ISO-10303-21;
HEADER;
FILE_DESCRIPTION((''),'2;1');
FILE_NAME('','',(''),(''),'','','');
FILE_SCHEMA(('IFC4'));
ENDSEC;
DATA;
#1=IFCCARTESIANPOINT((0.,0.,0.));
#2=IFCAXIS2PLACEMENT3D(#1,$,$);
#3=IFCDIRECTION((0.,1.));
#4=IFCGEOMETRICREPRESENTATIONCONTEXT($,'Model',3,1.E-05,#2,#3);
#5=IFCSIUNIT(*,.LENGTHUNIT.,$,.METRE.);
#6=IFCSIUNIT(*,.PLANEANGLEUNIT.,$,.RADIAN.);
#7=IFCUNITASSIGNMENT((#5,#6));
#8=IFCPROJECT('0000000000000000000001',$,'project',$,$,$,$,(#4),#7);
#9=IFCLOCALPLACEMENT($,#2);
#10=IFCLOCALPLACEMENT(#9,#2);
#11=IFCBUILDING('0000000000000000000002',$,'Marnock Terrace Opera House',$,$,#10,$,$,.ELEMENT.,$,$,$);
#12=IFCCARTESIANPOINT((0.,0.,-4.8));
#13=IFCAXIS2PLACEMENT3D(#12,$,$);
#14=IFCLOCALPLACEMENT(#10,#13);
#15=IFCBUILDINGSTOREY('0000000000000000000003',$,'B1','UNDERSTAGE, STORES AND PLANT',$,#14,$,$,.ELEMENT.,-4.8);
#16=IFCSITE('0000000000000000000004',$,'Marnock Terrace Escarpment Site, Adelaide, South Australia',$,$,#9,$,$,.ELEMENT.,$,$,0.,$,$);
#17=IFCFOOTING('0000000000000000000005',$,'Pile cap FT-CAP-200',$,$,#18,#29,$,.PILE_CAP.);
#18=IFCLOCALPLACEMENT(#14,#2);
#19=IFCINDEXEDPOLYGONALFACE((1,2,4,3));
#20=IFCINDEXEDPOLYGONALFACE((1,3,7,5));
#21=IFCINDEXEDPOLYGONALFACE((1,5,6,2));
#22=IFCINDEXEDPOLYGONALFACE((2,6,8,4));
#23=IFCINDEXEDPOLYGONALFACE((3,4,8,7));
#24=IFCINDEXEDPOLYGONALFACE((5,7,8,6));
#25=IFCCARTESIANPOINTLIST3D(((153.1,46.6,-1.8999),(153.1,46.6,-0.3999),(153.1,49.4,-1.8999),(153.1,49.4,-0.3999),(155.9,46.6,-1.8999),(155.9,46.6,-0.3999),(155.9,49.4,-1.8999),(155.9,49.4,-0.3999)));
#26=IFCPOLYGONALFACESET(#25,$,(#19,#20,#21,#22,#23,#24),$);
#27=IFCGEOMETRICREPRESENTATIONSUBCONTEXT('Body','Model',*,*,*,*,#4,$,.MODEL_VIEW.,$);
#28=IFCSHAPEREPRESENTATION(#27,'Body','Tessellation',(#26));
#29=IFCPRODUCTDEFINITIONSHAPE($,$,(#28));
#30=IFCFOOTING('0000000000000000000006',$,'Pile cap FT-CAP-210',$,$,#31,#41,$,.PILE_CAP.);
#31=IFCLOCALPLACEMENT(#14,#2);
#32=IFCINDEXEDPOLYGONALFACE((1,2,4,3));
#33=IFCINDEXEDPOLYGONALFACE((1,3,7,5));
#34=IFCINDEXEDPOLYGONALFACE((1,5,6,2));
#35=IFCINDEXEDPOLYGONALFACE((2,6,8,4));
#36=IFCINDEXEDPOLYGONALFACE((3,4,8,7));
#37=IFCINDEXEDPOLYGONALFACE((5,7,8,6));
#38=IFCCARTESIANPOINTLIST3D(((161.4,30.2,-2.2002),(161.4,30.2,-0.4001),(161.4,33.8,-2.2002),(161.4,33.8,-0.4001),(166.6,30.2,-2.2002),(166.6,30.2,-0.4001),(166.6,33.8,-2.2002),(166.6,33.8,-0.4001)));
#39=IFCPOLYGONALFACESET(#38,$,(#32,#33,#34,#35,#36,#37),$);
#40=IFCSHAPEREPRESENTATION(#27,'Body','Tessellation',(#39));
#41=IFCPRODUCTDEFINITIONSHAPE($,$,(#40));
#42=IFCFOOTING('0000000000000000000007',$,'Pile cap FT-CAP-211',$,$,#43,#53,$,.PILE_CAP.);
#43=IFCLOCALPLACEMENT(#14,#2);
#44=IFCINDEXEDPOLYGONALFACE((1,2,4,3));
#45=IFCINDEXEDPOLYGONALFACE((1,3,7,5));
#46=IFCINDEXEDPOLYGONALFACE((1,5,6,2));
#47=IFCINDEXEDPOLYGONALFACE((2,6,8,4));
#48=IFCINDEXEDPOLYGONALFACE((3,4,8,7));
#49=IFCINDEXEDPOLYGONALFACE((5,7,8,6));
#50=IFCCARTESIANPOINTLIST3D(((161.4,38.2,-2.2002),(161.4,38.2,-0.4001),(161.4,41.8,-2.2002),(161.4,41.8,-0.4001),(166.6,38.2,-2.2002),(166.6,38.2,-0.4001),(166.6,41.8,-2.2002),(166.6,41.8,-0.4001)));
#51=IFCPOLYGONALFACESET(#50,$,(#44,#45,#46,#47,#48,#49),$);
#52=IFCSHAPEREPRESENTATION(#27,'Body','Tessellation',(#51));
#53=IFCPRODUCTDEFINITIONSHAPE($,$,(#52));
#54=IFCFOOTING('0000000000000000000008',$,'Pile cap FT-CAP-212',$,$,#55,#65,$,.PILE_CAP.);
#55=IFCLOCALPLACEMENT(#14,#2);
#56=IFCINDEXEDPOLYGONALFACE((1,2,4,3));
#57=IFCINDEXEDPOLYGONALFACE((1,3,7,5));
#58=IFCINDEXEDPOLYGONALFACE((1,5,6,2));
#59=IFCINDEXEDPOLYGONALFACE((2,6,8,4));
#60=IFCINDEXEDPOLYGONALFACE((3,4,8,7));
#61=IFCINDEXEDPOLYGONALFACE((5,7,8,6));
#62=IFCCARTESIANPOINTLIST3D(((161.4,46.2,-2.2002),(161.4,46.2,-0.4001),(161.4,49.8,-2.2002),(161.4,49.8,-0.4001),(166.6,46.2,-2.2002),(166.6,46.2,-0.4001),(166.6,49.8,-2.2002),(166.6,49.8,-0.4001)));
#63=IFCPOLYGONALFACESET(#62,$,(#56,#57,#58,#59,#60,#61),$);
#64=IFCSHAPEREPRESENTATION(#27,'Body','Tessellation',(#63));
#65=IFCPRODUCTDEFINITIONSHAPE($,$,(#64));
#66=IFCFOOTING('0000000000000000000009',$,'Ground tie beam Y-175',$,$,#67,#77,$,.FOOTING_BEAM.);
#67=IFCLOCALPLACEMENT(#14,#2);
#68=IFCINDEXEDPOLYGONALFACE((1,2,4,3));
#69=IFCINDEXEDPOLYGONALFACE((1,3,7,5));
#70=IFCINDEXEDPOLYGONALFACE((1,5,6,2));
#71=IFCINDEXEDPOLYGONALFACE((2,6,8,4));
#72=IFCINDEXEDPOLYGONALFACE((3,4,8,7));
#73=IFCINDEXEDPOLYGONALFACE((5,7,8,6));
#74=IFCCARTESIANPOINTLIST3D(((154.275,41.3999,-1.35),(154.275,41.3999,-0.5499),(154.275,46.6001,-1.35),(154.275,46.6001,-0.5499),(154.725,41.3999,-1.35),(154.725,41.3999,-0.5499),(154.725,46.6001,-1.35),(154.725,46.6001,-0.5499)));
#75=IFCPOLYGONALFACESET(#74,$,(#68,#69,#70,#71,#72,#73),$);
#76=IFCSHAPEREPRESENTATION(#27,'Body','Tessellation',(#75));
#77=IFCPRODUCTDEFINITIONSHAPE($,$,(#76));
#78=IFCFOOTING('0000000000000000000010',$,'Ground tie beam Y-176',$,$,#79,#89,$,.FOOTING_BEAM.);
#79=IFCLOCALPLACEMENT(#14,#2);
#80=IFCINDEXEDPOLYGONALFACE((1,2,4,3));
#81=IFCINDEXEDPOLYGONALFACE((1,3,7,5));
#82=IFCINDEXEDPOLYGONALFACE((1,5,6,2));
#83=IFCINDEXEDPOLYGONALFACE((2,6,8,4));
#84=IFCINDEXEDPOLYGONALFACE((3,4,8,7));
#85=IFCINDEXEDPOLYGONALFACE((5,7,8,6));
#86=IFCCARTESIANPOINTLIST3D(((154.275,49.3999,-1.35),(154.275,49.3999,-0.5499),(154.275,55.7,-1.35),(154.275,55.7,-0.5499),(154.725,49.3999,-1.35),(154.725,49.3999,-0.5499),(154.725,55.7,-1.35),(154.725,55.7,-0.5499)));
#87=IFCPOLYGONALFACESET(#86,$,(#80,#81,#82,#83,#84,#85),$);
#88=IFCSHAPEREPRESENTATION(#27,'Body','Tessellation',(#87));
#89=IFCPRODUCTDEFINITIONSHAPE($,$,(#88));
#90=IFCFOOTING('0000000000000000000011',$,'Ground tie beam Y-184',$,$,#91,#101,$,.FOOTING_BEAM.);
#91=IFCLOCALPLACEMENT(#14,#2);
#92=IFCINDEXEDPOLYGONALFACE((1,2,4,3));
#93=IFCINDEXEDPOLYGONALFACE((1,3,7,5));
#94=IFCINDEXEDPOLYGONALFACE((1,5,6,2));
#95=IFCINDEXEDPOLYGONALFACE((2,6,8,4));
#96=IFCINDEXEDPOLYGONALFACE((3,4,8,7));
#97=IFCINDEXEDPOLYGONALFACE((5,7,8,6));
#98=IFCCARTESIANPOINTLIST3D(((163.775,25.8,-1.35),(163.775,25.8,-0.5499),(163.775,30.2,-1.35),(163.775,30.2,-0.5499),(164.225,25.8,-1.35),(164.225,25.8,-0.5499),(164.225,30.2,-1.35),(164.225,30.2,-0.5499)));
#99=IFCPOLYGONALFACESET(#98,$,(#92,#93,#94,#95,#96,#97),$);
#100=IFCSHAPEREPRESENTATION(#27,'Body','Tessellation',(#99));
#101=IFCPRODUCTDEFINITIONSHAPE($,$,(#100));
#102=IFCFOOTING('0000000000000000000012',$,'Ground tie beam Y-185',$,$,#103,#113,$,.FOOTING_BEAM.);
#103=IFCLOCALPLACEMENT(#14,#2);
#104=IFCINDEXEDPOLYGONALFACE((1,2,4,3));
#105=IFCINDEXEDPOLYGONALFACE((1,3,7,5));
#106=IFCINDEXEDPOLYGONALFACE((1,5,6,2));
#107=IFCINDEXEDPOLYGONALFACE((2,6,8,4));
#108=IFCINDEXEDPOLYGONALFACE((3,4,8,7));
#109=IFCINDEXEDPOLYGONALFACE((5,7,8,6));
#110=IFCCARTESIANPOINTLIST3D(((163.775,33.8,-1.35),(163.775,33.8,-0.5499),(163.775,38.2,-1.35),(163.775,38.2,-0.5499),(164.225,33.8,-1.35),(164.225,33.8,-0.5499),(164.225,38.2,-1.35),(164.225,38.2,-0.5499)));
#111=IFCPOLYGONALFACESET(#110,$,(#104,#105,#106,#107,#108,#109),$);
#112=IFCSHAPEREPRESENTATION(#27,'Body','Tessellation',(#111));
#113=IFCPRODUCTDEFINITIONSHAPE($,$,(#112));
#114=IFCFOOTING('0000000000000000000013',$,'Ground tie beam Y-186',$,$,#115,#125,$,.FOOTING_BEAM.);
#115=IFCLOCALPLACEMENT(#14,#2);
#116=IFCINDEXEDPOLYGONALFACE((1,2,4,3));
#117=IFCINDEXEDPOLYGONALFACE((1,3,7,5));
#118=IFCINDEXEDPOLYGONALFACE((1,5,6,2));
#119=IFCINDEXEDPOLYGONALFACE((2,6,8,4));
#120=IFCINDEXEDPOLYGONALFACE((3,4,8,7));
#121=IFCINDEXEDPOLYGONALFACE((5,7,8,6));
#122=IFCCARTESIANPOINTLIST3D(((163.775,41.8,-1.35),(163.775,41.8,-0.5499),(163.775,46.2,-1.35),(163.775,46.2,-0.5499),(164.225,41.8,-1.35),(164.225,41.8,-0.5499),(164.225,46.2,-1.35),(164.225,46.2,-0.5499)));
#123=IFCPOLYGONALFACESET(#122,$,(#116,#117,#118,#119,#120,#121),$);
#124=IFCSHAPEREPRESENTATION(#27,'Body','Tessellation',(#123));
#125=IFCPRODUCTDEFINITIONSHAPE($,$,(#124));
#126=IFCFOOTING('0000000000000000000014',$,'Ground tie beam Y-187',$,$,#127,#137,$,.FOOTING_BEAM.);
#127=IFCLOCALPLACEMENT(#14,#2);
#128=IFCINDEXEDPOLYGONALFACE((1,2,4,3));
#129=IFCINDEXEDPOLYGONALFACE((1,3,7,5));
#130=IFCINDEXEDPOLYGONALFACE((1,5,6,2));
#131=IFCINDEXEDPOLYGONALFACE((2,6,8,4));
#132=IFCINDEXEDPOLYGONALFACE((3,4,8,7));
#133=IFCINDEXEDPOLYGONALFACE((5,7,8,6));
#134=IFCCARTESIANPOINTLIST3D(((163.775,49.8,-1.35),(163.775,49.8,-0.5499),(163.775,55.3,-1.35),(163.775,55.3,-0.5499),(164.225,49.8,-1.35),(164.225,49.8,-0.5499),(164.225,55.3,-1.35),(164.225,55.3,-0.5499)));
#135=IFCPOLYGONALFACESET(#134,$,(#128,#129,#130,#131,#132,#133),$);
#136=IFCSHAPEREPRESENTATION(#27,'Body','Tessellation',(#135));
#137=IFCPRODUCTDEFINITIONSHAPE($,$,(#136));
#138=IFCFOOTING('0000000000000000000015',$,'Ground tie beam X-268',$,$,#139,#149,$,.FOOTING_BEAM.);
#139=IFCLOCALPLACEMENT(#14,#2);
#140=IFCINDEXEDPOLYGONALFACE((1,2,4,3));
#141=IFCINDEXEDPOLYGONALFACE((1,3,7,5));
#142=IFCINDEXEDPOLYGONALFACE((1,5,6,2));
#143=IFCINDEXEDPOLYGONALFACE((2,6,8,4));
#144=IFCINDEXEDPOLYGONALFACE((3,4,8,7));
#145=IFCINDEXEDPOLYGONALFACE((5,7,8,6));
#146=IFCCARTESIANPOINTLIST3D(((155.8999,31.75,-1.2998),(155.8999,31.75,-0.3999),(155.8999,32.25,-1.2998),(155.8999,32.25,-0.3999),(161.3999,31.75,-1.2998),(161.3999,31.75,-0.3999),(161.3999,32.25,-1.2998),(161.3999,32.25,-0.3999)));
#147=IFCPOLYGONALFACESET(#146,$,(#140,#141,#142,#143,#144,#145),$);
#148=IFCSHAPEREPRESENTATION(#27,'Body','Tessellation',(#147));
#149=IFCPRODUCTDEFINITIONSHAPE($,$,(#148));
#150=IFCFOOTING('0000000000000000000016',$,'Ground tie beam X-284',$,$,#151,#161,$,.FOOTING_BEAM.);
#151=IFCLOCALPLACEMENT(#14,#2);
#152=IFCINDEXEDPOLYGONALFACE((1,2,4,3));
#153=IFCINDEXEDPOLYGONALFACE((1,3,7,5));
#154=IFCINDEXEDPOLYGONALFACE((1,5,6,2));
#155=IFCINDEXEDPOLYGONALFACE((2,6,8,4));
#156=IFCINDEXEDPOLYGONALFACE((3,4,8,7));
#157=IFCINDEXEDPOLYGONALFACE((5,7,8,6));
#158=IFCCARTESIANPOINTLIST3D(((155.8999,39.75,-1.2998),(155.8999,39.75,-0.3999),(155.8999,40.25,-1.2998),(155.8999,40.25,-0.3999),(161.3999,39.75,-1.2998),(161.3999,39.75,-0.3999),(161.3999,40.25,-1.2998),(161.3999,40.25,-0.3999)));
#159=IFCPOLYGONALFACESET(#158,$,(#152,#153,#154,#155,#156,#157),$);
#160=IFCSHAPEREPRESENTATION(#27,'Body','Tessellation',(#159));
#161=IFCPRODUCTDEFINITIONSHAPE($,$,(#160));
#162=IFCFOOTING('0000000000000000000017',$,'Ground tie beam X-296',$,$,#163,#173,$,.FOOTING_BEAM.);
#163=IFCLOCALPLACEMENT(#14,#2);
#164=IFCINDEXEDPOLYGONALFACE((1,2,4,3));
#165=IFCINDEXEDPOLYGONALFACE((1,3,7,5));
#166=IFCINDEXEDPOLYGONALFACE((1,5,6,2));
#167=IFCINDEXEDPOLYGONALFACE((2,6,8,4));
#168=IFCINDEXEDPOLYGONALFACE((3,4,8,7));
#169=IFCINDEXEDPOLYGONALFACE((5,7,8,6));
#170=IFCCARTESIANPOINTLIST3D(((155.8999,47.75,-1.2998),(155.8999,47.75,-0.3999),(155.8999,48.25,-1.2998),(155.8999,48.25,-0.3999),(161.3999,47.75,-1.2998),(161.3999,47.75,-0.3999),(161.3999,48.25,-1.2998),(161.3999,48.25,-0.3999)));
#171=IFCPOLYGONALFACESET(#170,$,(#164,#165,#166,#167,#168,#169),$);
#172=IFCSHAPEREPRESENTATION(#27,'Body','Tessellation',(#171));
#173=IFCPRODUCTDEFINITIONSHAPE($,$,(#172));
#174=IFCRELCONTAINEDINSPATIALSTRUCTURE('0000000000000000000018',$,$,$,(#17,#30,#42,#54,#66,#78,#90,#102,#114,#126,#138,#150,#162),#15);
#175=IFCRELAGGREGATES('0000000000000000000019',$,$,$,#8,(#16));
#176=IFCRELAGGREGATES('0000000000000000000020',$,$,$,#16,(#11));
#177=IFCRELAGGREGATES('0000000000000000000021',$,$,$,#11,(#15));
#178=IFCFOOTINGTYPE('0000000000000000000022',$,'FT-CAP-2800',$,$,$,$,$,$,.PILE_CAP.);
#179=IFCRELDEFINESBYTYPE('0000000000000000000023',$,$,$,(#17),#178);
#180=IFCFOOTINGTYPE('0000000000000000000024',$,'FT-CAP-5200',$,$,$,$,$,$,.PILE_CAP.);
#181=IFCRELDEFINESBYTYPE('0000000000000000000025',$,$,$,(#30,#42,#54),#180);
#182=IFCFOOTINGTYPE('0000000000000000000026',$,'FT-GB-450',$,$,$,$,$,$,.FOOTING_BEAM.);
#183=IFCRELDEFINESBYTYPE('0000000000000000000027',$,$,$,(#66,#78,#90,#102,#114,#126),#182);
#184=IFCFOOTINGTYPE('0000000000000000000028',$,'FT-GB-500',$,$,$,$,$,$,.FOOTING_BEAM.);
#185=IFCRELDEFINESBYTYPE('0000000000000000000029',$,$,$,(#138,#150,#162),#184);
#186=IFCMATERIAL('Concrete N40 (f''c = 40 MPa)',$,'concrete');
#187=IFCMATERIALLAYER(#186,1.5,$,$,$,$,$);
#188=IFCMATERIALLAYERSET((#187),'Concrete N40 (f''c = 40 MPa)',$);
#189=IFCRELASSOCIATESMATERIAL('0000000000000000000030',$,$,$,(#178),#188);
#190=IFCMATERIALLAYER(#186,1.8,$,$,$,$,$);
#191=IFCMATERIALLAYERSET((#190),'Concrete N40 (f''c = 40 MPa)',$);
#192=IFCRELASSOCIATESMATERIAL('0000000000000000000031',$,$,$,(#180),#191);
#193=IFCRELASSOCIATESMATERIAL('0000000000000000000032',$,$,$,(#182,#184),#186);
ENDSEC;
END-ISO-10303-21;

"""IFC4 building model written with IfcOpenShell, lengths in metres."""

from ifc_helpers import new_model, si_unit, direction, frame, origin, origin_2d, place, context, subcontext, project, spatial, rectangle, extrude, material, layer, layer_set, material_profile, profile_set, type_object, element, save


model = new_model("IFC4")

# Units and contexts
model_context = context("Model", 3, precision=1e-05, world=origin(), true_north=direction((0.0, 1.0)))
body_context = subcontext(model_context, "Body", "Model", "MODEL_VIEW")
ifc_project = project(units=[si_unit("LENGTHUNIT", "METRE"), si_unit("PLANEANGLEUNIT", "RADIAN")], contexts=[model_context])

# Site, building, storey
site_placement = place(None, origin())
site = spatial("IfcSite", under=ifc_project, at=site_placement, Name="Marnock Terrace Escarpment Site, Adelaide, South Australia", CompositionType="ELEMENT", RefElevation=0.0)
building_placement = place(site_placement, origin())
building = spatial("IfcBuilding", under=site, at=building_placement, Name="Marnock Terrace Opera House", CompositionType="ELEMENT")
storey_placement = place(building_placement, frame((0.0, 0.0, -4.8)))
storey = spatial("IfcBuildingStorey", under=building, at=storey_placement, Name="B1", Description="UNDERSTAGE, STORES AND PLANT", CompositionType="ELEMENT", Elevation=-4.8)

# Footings
ifc_material_1 = material(Name="Concrete N40 (f'c = 40 MPa)", Category="concrete")
ifc_layer_1 = layer(ifc_material_1, 1.5)
ifc_layer_set_1 = layer_set([ifc_layer_1], Name="Concrete N40 (f'c = 40 MPa)")
footing_type_1 = type_object("IfcFootingType", Name="FT-CAP-2800", PredefinedType="PILE_CAP", material=ifc_layer_set_1)
footing_1_placement = place(storey_placement, frame((154.5, 48.0, -1.8999), z_axis=(0.0, 0.0, 1.0), x_axis=(1.0, 0.0, 0.0)))
element("IfcFooting", 1, at=footing_1_placement, inside=storey, type_object=footing_type_1, Name="Pile cap FT-CAP-200", PredefinedType="PILE_CAP", context=body_context, shape_type="SweptSolid", body=[
    extrude(rectangle(XDim=2.8, YDim=2.8, at=origin_2d()), origin(), (0.0, 0.0, 1.0), 1.5),
])
ifc_layer_2 = layer(ifc_material_1, 1.8)
ifc_layer_set_2 = layer_set([ifc_layer_2], Name="Concrete N40 (f'c = 40 MPa)")
footing_type_2 = type_object("IfcFootingType", Name="FT-CAP-5200", PredefinedType="PILE_CAP", material=ifc_layer_set_2)
for number, where, z_axis, x_axis, name in (
    (2, (164.0, 32.0, -2.2002), (0.0, 0.0, 1.0), (1.0, 0.0, 0.0), "Pile cap FT-CAP-210"),
    (3, (164.0, 40.0, -2.2002), (0.0, 0.0, 1.0), (1.0, 0.0, 0.0), "Pile cap FT-CAP-211"),
    (4, (164.0, 48.0, -2.2002), (0.0, 0.0, 1.0), (1.0, 0.0, 0.0), "Pile cap FT-CAP-212"),
):
    element("IfcFooting", number, at=place(storey_placement, frame(where, z_axis=z_axis, x_axis=x_axis)), inside=storey, type_object=footing_type_2, Name=name, PredefinedType="PILE_CAP", context=body_context, shape_type="SweptSolid", body=[
        extrude(rectangle(XDim=5.2, YDim=3.6001, at=origin_2d()), origin(), (0.0, 0.0, 1.0), 1.8),
    ])
ifc_material_profile_1 = material_profile(ifc_material_1, rectangle(XDim=0.45, YDim=0.8, at=origin_2d()))
ifc_profile_set_1 = profile_set([ifc_material_profile_1], Name="Concrete N40 (f'c = 40 MPa)")
footing_type_3 = type_object("IfcFootingType", Name="FT-GB-450", PredefinedType="FOOTING_BEAM", material=ifc_profile_set_1)
footing_2_placement = place(storey_placement, frame((154.5, 41.3999, -0.95), z_axis=(0.0, 1.0, 0.0), x_axis=(-1.0, 0.0, 0.0)))
element("IfcFooting", 5, at=footing_2_placement, inside=storey, type_object=footing_type_3, Name="Ground tie beam Y-175", PredefinedType="FOOTING_BEAM", context=body_context, shape_type="SweptSolid", body=[
    extrude(rectangle(XDim=0.45, YDim=0.8, at=origin_2d()), origin(), (0.0, 0.0, 1.0), 5.2002),
])
footing_3_placement = place(storey_placement, frame((154.5, 49.3999, -0.95), z_axis=(0.0, 1.0, 0.0), x_axis=(-1.0, 0.0, 0.0)))
element("IfcFooting", 6, at=footing_3_placement, inside=storey, type_object=footing_type_3, Name="Ground tie beam Y-176", PredefinedType="FOOTING_BEAM", context=body_context, shape_type="SweptSolid", body=[
    extrude(rectangle(XDim=0.45, YDim=0.8, at=origin_2d()), origin(), (0.0, 0.0, 1.0), 6.3),
])
for number, where, z_axis, x_axis, name in (
    (7, (164.0, 25.8, -0.95), (0.0, 1.0, 0.0), (-1.0, 0.0, 0.0), "Ground tie beam Y-184"),
    (8, (164.0, 33.8, -0.95), (0.0, 1.0, 0.0), (-1.0, 0.0, 0.0), "Ground tie beam Y-185"),
    (9, (164.0, 41.8, -0.95), (0.0, 1.0, 0.0), (-1.0, 0.0, 0.0), "Ground tie beam Y-186"),
):
    element("IfcFooting", number, at=place(storey_placement, frame(where, z_axis=z_axis, x_axis=x_axis)), inside=storey, type_object=footing_type_3, Name=name, PredefinedType="FOOTING_BEAM", context=body_context, shape_type="SweptSolid", body=[
        extrude(rectangle(XDim=0.45, YDim=0.8, at=origin_2d()), origin(), (0.0, 0.0, 1.0), 4.3999),
    ])
footing_4_placement = place(storey_placement, frame((164.0, 49.8, -0.95), z_axis=(0.0, 1.0, 0.0), x_axis=(-1.0, 0.0, 0.0)))
element("IfcFooting", 10, at=footing_4_placement, inside=storey, type_object=footing_type_3, Name="Ground tie beam Y-187", PredefinedType="FOOTING_BEAM", context=body_context, shape_type="SweptSolid", body=[
    extrude(rectangle(XDim=0.45, YDim=0.8, at=origin_2d()), origin(), (0.0, 0.0, 1.0), 5.5),
])
ifc_material_profile_2 = material_profile(ifc_material_1, rectangle(XDim=0.5, YDim=0.8999, at=origin_2d()))
ifc_profile_set_2 = profile_set([ifc_material_profile_2], Name="Concrete N40 (f'c = 40 MPa)")
footing_type_4 = type_object("IfcFootingType", Name="FT-GB-500", PredefinedType="FOOTING_BEAM", material=ifc_profile_set_2)
for number, where, z_axis, x_axis, name in (
    (11, (155.8999, 32.0, -0.8499), (1.0, 0.0, 0.0), (0.0, 1.0, 0.0), "Ground tie beam X-268"),
    (12, (155.8999, 40.0, -0.8499), (1.0, 0.0, 0.0), (0.0, 1.0, 0.0), "Ground tie beam X-284"),
    (13, (155.8999, 48.0, -0.8499), (1.0, 0.0, 0.0), (0.0, 1.0, 0.0), "Ground tie beam X-296"),
):
    element("IfcFooting", number, at=place(storey_placement, frame(where, z_axis=z_axis, x_axis=x_axis)), inside=storey, type_object=footing_type_4, Name=name, PredefinedType="FOOTING_BEAM", context=body_context, shape_type="SweptSolid", body=[
        extrude(rectangle(XDim=0.5, YDim=0.8999, at=origin_2d()), origin(), (0.0, 0.0, 1.0), 5.5),
    ])

save(model, "model.ifc")
